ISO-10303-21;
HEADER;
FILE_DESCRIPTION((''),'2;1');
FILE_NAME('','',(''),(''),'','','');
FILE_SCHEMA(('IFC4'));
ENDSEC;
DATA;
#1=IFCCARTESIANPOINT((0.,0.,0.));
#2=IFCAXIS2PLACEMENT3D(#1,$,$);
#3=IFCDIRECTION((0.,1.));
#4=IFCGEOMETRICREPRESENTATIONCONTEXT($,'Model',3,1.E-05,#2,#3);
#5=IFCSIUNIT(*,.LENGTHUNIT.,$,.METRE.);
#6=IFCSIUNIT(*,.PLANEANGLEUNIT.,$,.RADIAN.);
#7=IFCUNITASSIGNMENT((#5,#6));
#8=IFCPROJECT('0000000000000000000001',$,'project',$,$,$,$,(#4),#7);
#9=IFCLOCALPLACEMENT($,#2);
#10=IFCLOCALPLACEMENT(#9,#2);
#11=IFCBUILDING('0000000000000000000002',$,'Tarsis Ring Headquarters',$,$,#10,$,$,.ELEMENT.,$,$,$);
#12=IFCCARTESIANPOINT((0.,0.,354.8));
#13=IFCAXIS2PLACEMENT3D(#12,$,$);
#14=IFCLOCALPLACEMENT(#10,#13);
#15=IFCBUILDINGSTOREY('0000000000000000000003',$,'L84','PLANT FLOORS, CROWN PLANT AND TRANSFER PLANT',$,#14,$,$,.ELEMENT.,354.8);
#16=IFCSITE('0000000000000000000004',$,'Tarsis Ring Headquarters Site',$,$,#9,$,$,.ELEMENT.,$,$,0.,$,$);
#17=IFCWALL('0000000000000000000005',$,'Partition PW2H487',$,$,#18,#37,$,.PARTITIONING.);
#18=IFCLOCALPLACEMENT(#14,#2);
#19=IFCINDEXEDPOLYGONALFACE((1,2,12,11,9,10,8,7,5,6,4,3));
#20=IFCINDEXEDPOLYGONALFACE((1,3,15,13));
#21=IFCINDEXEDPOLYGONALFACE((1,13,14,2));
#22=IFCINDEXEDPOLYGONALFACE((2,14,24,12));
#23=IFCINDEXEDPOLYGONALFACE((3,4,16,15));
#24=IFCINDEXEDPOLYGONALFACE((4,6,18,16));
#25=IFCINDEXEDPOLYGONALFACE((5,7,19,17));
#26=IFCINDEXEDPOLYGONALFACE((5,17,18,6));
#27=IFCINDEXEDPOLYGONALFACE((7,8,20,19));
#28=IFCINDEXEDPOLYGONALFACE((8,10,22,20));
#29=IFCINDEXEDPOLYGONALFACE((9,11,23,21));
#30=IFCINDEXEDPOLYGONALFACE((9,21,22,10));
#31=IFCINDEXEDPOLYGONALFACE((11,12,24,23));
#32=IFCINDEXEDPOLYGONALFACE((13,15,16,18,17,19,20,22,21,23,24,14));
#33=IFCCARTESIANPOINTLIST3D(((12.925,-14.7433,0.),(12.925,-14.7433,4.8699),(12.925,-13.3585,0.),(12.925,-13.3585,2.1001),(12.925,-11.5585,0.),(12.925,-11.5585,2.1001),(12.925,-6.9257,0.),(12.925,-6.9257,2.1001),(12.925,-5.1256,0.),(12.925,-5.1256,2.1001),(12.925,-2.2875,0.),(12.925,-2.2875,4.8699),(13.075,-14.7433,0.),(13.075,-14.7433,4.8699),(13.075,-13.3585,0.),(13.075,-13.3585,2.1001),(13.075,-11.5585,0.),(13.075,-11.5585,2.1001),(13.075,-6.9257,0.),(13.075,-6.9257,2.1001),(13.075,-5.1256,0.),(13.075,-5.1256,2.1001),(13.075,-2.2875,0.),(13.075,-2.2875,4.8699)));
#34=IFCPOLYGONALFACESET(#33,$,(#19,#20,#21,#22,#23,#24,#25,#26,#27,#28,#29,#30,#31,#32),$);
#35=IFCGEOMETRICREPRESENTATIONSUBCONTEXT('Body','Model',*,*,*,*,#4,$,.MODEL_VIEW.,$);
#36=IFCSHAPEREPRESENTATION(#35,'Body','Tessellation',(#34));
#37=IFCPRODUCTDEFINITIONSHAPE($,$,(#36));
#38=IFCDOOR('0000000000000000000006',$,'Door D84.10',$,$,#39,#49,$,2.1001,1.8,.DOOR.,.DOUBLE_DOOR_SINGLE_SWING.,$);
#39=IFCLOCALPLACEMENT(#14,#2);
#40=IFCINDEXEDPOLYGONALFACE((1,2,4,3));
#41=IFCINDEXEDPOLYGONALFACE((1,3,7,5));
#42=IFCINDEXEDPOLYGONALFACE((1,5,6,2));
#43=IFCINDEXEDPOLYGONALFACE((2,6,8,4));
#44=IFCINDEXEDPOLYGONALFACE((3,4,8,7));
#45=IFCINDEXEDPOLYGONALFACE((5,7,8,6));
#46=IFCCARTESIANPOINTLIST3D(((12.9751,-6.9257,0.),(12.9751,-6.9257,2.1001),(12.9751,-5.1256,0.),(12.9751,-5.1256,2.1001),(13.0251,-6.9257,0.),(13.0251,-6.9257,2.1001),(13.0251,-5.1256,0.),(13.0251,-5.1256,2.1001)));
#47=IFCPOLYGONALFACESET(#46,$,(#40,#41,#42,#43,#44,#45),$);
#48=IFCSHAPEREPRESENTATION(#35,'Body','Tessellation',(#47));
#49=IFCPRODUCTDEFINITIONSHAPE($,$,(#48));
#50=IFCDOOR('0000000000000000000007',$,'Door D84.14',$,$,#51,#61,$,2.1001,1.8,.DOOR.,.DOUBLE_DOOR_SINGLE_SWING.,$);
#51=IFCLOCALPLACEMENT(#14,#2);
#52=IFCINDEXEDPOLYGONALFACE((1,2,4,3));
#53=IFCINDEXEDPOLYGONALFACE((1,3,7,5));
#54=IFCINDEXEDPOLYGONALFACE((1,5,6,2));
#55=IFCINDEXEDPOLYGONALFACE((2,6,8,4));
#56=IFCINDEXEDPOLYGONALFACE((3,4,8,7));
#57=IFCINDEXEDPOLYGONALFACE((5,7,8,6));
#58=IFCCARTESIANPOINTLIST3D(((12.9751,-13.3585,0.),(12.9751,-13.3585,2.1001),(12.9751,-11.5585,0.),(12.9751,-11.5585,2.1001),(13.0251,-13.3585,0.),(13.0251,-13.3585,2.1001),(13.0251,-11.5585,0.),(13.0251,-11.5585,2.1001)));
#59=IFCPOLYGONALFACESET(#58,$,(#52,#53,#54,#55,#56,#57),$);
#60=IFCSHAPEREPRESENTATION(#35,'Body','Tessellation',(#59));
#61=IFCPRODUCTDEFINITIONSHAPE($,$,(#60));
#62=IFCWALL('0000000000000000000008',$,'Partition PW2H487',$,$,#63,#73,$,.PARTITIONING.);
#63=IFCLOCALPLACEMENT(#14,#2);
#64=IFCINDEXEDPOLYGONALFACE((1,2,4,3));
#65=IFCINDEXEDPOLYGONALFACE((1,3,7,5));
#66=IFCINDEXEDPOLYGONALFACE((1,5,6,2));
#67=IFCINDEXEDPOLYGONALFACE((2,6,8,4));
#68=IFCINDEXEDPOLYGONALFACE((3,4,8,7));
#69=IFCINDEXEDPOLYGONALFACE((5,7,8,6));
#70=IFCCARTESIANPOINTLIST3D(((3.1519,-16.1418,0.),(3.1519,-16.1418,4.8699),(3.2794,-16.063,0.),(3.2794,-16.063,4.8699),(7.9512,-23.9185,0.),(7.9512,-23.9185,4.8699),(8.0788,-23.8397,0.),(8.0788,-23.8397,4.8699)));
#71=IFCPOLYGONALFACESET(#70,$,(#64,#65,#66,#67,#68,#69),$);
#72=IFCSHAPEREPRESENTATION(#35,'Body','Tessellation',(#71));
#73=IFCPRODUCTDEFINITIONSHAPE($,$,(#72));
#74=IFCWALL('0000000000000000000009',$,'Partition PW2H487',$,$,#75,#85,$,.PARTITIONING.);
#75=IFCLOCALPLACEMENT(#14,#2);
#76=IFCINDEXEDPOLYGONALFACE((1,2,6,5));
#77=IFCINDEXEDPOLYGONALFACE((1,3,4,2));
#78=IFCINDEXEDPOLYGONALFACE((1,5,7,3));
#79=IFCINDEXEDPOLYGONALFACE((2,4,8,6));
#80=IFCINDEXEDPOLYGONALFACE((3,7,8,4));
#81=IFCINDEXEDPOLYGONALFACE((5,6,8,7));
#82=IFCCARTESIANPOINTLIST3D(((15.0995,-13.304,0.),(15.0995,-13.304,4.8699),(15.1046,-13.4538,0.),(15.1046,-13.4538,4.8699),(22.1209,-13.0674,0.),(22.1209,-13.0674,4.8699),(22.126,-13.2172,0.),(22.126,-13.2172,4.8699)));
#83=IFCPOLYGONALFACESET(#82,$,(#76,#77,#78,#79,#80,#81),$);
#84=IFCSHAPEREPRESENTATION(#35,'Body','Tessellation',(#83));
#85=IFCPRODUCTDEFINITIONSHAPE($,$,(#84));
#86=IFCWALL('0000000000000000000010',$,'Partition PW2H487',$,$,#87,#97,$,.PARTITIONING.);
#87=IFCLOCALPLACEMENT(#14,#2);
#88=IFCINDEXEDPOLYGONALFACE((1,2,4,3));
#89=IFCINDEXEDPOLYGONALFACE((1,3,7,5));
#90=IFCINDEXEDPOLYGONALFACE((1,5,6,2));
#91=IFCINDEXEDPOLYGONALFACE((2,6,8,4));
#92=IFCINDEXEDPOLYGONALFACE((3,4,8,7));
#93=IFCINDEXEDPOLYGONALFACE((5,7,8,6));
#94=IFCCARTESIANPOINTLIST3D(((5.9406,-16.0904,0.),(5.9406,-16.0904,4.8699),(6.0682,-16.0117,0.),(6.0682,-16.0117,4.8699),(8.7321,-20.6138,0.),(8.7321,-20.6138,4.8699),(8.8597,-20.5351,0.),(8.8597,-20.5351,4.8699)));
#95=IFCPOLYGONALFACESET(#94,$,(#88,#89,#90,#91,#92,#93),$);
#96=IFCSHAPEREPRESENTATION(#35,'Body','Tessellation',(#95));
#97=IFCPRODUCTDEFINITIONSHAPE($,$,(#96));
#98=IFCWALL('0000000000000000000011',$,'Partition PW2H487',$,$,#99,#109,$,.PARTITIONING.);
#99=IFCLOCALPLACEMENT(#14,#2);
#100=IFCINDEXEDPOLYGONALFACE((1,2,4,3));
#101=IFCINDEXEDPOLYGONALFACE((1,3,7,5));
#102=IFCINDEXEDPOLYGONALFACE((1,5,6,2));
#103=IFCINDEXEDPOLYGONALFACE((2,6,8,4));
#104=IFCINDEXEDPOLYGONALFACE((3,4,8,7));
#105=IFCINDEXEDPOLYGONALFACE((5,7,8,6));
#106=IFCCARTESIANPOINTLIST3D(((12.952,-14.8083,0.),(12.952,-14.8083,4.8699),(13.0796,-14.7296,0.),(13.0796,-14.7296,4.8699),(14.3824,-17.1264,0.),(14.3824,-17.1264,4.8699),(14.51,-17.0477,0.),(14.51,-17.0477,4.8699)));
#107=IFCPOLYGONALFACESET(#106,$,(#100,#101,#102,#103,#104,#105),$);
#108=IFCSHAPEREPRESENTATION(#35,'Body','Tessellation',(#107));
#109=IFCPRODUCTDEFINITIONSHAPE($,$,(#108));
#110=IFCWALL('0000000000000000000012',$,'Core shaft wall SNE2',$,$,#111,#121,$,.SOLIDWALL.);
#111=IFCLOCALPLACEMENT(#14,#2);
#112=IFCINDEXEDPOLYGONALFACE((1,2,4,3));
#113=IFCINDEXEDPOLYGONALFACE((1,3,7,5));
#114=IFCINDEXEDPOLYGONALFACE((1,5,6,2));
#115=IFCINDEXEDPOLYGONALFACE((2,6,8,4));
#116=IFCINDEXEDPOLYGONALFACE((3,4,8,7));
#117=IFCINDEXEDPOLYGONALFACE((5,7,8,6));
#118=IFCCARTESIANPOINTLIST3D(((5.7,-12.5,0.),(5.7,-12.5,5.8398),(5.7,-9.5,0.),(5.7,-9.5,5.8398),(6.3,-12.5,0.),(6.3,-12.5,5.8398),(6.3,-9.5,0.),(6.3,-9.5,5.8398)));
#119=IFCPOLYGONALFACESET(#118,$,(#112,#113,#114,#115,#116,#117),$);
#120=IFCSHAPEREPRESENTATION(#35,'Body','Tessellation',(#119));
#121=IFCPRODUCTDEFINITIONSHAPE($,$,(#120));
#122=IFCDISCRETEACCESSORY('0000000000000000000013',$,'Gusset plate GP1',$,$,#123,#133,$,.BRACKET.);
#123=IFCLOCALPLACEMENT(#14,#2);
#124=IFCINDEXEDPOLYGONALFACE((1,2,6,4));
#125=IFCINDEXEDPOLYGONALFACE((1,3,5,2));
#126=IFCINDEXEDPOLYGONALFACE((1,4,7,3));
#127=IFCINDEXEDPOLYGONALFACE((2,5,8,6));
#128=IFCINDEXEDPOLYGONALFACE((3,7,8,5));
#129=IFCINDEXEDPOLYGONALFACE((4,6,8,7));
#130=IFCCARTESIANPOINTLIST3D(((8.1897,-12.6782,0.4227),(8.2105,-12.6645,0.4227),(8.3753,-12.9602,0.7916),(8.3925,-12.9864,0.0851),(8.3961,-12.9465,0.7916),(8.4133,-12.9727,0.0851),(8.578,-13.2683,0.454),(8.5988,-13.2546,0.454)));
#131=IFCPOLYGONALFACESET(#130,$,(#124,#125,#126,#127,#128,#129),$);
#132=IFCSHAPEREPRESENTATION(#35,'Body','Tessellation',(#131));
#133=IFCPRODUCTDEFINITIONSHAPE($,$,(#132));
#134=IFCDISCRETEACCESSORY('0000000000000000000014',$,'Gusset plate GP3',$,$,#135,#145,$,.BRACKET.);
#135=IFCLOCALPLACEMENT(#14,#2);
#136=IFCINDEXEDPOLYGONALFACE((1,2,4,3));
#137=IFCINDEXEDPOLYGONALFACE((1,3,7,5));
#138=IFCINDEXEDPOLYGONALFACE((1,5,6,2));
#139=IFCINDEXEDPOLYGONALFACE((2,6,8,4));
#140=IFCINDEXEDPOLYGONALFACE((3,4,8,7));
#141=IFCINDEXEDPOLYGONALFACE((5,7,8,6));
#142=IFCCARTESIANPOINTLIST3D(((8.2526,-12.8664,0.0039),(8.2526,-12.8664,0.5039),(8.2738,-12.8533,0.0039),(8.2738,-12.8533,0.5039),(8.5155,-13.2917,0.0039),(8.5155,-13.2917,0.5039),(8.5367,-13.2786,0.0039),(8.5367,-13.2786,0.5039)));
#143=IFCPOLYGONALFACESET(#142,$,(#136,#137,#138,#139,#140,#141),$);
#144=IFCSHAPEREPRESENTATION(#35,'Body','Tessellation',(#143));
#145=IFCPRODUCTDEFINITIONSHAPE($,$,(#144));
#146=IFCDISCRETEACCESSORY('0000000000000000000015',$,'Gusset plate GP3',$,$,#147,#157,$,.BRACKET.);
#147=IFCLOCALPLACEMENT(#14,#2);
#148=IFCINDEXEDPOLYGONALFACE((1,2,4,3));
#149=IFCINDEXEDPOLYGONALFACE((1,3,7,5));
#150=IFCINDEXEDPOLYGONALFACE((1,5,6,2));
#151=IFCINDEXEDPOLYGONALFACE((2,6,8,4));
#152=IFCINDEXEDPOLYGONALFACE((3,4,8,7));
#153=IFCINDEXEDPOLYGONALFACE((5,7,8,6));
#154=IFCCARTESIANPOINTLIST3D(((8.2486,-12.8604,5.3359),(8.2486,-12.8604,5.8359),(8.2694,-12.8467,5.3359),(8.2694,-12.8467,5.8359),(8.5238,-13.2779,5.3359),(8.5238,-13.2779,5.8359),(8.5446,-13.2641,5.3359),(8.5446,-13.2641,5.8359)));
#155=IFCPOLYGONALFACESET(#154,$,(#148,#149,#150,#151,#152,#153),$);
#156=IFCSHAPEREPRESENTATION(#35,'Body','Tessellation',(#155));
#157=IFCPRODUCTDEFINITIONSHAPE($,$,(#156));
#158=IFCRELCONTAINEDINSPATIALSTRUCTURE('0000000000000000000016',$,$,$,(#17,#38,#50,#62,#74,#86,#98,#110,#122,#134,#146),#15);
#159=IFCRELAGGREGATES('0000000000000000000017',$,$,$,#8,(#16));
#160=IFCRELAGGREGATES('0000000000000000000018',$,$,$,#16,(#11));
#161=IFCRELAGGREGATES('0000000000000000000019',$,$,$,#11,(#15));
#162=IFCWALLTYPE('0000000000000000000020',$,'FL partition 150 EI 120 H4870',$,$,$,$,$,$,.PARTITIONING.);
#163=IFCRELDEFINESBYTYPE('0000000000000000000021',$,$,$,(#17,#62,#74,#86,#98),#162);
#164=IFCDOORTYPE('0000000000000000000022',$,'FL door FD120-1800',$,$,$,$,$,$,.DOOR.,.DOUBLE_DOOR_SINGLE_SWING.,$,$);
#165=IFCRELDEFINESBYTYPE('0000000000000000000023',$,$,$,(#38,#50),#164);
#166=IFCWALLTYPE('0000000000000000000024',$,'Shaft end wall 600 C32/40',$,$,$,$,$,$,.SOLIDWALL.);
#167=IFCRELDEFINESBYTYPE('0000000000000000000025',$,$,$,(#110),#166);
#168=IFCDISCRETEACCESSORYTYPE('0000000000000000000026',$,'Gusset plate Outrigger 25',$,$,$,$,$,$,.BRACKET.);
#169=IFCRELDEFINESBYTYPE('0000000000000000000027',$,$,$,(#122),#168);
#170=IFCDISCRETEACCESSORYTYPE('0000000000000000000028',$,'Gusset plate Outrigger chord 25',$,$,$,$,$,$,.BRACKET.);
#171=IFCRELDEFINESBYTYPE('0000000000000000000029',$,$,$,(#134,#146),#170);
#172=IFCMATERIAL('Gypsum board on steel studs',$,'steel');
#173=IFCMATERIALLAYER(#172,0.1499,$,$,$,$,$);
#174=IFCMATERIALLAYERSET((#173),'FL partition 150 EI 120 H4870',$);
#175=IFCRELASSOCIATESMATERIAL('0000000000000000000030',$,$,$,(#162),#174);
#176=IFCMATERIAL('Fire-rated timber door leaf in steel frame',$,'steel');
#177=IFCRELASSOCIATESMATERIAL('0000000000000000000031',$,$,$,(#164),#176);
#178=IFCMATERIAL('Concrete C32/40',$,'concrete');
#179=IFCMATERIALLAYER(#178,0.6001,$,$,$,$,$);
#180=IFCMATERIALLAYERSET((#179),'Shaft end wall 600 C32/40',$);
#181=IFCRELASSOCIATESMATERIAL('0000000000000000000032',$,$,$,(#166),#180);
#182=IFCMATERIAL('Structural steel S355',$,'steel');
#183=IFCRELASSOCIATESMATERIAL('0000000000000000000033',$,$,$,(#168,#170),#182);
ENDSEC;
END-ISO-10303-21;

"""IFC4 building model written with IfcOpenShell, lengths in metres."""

from ifc_helpers import new_model, si_unit, direction, frame, frame_2d, origin, origin_2d, place, context, subcontext, project, spatial, rectangle, extrude, material, layer, layer_set, material_profile, profile_set, type_object, element, fill, save


model = new_model("IFC4")

# Units and contexts
model_context = context("Model", 3, precision=1e-05, world=origin(), true_north=direction((0.0, 1.0)))
body_context = subcontext(model_context, "Body", "Model", "MODEL_VIEW")
ifc_project = project(units=[si_unit("LENGTHUNIT", "METRE"), si_unit("PLANEANGLEUNIT", "RADIAN")], contexts=[model_context])

# Site, building, storey
site_placement = place(None, origin())
site = spatial("IfcSite", under=ifc_project, at=site_placement, Name="Tarsis Ring Headquarters Site", CompositionType="ELEMENT", RefElevation=0.0)
building_placement = place(site_placement, origin())
building = spatial("IfcBuilding", under=site, at=building_placement, Name="Tarsis Ring Headquarters", CompositionType="ELEMENT")
storey_placement = place(building_placement, frame((0.0, 0.0, 354.8)))
storey = spatial("IfcBuildingStorey", under=building, at=storey_placement, Name="L84", Description="PLANT FLOORS, CROWN PLANT AND TRANSFER PLANT", CompositionType="ELEMENT", Elevation=354.8)

# Shared definitions
ifc_material_1 = material(Name="Structural steel S355", Category="steel")

# Shared definitions
ifc_material_2 = material(Name="Gypsum board on steel studs", Category="steel")
ifc_layer_1 = layer(ifc_material_2, 0.1499)
ifc_layer_set_1 = layer_set([ifc_layer_1], Name="FL partition 150 EI 120 H4870")
wall_type_1 = type_object("IfcWallType", Name="FL partition 150 EI 120 H4870", PredefinedType="PARTITIONING", material=ifc_layer_set_1)

# Wall, openings, doors
wall_1_placement = place(storey_placement, frame((13.0, -14.7434, 0.0), z_axis=(0.0, 0.0, 1.0), x_axis=(0.0, 1.0, 0.0)))
wall_1 = element("IfcWall", 1, at=wall_1_placement, inside=storey, type_object=wall_type_1, Name="Partition PW2H487", PredefinedType="PARTITIONING", context=body_context, shape_type="SweptSolid", body=[
    extrude(rectangle(XDim=12.4558, YDim=0.1499, at=frame_2d((6.228, 0.0))), origin(), (0.0, 0.0, 1.0), 4.8699),
])
opening_1_placement = place(wall_1_placement, frame((7.8179, 0.0, 0.0)))
opening_1 = element("IfcOpeningElement", 2, at=opening_1_placement, cuts=wall_1, PredefinedType="OPENING", context=body_context, shape_type="SweptSolid", body=[
    extrude(rectangle(XDim=1.8, YDim=2.1001, at=frame_2d((0.8999, 1.05))), frame((0.0, 0.085, 0.0), z_axis=(0.0, -1.0, 0.0), x_axis=(1.0, 0.0, 0.0)), (0.0, 0.0, 1.0), 0.1699),
])
opening_2_placement = place(wall_1_placement, frame((1.385, 0.0, 0.0)))
opening_2 = element("IfcOpeningElement", 3, at=opening_2_placement, cuts=wall_1, PredefinedType="OPENING", context=body_context, shape_type="SweptSolid", body=[
    extrude(rectangle(XDim=1.8, YDim=2.1001, at=frame_2d((0.8999, 1.05))), frame((0.0, 0.085, 0.0), z_axis=(0.0, -1.0, 0.0), x_axis=(1.0, 0.0, 0.0)), (0.0, 0.0, 1.0), 0.1699),
])
ifc_material_3 = material(Name="Fire-rated timber door leaf in steel frame", Category="steel")
door_type_1 = type_object("IfcDoorType", Name="FL door FD120-1800", OperationType="DOUBLE_DOOR_SINGLE_SWING", PredefinedType="DOOR", material=ifc_material_3)
door_1_placement = place(opening_1_placement, origin())
door_1 = element("IfcDoor", 4, at=door_1_placement, inside=storey, type_object=door_type_1, Name="Door D84.10", OperationType="DOUBLE_DOOR_SINGLE_SWING", OverallHeight=2.1001, OverallWidth=1.8, PredefinedType="DOOR", context=body_context, shape_type="SweptSolid", body=[
    extrude(rectangle(XDim=1.8, YDim=2.1001, at=frame_2d((0.8999, 1.05))), frame((0.0, 0.0249, 0.0), z_axis=(0.0, -1.0, 0.0), x_axis=(1.0, 0.0, 0.0)), (0.0, 0.0, 1.0), 0.05),
])
fill(opening_1, door_1)
door_2_placement = place(opening_2_placement, origin())
door_2 = element("IfcDoor", 5, at=door_2_placement, inside=storey, type_object=door_type_1, Name="Door D84.14", OperationType="DOUBLE_DOOR_SINGLE_SWING", OverallHeight=2.1001, OverallWidth=1.8, PredefinedType="DOOR", context=body_context, shape_type="SweptSolid", body=[
    extrude(rectangle(XDim=1.8, YDim=2.1001, at=frame_2d((0.8999, 1.05))), frame((0.0, 0.0249, 0.0), z_axis=(0.0, -1.0, 0.0), x_axis=(1.0, 0.0, 0.0)), (0.0, 0.0, 1.0), 0.05),
])
fill(opening_2, door_2)

# Walls
wall_2_placement = place(storey_placement, frame((3.2156, -16.1023, 0.0), z_axis=(0.0, 0.0, 1.0), x_axis=(0.525185, -0.850988, 0.0)))
element("IfcWall", 6, at=wall_2_placement, inside=storey, type_object=wall_type_1, Name="Partition PW2H487", PredefinedType="PARTITIONING", context=body_context, shape_type="SweptSolid", body=[
    extrude(rectangle(XDim=9.1384, YDim=0.1499, at=frame_2d((4.5693, 0.0))), origin(), (0.0, 0.0, 1.0), 4.8699),
])
wall_3_placement = place(storey_placement, frame((15.1021, -13.3789, 0.0), z_axis=(0.0, 0.0, 1.0), x_axis=(0.999433, 0.033674, 0.0)))
element("IfcWall", 7, at=wall_3_placement, inside=storey, type_object=wall_type_1, Name="Partition PW2H487", PredefinedType="PARTITIONING", context=body_context, shape_type="SweptSolid", body=[
    extrude(rectangle(XDim=7.0254, YDim=0.1499, at=frame_2d((3.5127, 0.0))), origin(), (0.0, 0.0, 1.0), 4.8699),
])
wall_4_placement = place(storey_placement, frame((6.0044, -16.051, 0.0), z_axis=(0.0, 0.0, 1.0), x_axis=(0.525168, -0.850998, 0.0)))
element("IfcWall", 8, at=wall_4_placement, inside=storey, type_object=wall_type_1, Name="Partition PW2H487", PredefinedType="PARTITIONING", context=body_context, shape_type="SweptSolid", body=[
    extrude(rectangle(XDim=5.3154, YDim=0.1499, at=frame_2d((2.6577, 0.0))), origin(), (0.0, 0.0, 1.0), 4.8699),
])
wall_5_placement = place(storey_placement, frame((13.0159, -14.769, 0.0), z_axis=(0.0, 0.0, 1.0), x_axis=(0.525132, -0.851021, 0.0)))
element("IfcWall", 9, at=wall_5_placement, inside=storey, type_object=wall_type_1, Name="Partition PW2H487", PredefinedType="PARTITIONING", context=body_context, shape_type="SweptSolid", body=[
    extrude(rectangle(XDim=2.7239, YDim=0.1499, at=frame_2d((1.3618, 0.0))), origin(), (0.0, 0.0, 1.0), 4.8699),
])
ifc_material_4 = material(Name="Concrete C32/40", Category="concrete")
ifc_layer_2 = layer(ifc_material_4, 0.6001)
ifc_layer_set_2 = layer_set([ifc_layer_2], Name="Shaft end wall 600 C32/40")
wall_type_2 = type_object("IfcWallType", Name="Shaft end wall 600 C32/40", PredefinedType="SOLIDWALL", material=ifc_layer_set_2)
wall_6_placement = place(storey_placement, frame((6.0, -12.5, 0.0), z_axis=(0.0, 0.0, 1.0), x_axis=(0.0, 1.0, 0.0)))
element("IfcWall", 10, at=wall_6_placement, inside=storey, type_object=wall_type_2, Name="Core shaft wall SNE2", PredefinedType="SOLIDWALL", context=body_context, shape_type="SweptSolid", body=[
    extrude(rectangle(XDim=3.0, YDim=0.6001, at=frame_2d((1.5, 0.0))), origin(), (0.0, 0.0, 1.0), 5.8398),
])

# Discrete accessories
ifc_material_profile_1 = material_profile(ifc_material_1, rectangle(XDim=0.0249, YDim=0.5, at=origin_2d()), Name="PL 25x500")
ifc_profile_set_1 = profile_set([ifc_material_profile_1], Name="Structural steel S355")
discrete_accessory_type_1 = type_object("IfcDiscreteAccessoryType", Name="Gusset plate Outrigger 25", PredefinedType="BRACKET", material=ifc_profile_set_1)
discrete_accessory_placement = place(storey_placement, frame((8.3015, -12.8254, 0.2539), z_axis=(0.371074, -0.563935, 0.737754), x_axis=(0.835373, 0.549683, 0.0)))
element("IfcDiscreteAccessory", 11, at=discrete_accessory_placement, inside=storey, type_object=discrete_accessory_type_1, Name="Gusset plate GP1", PredefinedType="BRACKET", context=body_context, shape_type="SweptSolid", body=[
    extrude(rectangle(XDim=0.0249, YDim=0.5, at=origin_2d()), origin(), (0.0, 0.0, 1.0), 0.5),
])
discrete_accessory_type_2 = type_object("IfcDiscreteAccessoryType", Name="Gusset plate Outrigger chord 25", PredefinedType="BRACKET", material=ifc_profile_set_1)
for number, where, z_axis, x_axis, name in (
    (12, (8.2632, -12.8599, 0.2539), (0.525867, -0.850567, 0.0), (0.850567, 0.525867, 0.0), "Gusset plate GP3"),
    (13, (8.259, -12.8535, 5.5859), (0.550298, -0.834968, 0.0), (0.834968, 0.550298, 0.0), "Gusset plate GP3"),
):
    element("IfcDiscreteAccessory", number, at=place(storey_placement, frame(where, z_axis=z_axis, x_axis=x_axis)), inside=storey, type_object=discrete_accessory_type_2, Name=name, PredefinedType="BRACKET", context=body_context, shape_type="SweptSolid", body=[
        extrude(rectangle(XDim=0.0249, YDim=0.5, at=origin_2d()), origin(), (0.0, 0.0, 1.0), 0.5),
    ])

save(model, "model.ifc")
